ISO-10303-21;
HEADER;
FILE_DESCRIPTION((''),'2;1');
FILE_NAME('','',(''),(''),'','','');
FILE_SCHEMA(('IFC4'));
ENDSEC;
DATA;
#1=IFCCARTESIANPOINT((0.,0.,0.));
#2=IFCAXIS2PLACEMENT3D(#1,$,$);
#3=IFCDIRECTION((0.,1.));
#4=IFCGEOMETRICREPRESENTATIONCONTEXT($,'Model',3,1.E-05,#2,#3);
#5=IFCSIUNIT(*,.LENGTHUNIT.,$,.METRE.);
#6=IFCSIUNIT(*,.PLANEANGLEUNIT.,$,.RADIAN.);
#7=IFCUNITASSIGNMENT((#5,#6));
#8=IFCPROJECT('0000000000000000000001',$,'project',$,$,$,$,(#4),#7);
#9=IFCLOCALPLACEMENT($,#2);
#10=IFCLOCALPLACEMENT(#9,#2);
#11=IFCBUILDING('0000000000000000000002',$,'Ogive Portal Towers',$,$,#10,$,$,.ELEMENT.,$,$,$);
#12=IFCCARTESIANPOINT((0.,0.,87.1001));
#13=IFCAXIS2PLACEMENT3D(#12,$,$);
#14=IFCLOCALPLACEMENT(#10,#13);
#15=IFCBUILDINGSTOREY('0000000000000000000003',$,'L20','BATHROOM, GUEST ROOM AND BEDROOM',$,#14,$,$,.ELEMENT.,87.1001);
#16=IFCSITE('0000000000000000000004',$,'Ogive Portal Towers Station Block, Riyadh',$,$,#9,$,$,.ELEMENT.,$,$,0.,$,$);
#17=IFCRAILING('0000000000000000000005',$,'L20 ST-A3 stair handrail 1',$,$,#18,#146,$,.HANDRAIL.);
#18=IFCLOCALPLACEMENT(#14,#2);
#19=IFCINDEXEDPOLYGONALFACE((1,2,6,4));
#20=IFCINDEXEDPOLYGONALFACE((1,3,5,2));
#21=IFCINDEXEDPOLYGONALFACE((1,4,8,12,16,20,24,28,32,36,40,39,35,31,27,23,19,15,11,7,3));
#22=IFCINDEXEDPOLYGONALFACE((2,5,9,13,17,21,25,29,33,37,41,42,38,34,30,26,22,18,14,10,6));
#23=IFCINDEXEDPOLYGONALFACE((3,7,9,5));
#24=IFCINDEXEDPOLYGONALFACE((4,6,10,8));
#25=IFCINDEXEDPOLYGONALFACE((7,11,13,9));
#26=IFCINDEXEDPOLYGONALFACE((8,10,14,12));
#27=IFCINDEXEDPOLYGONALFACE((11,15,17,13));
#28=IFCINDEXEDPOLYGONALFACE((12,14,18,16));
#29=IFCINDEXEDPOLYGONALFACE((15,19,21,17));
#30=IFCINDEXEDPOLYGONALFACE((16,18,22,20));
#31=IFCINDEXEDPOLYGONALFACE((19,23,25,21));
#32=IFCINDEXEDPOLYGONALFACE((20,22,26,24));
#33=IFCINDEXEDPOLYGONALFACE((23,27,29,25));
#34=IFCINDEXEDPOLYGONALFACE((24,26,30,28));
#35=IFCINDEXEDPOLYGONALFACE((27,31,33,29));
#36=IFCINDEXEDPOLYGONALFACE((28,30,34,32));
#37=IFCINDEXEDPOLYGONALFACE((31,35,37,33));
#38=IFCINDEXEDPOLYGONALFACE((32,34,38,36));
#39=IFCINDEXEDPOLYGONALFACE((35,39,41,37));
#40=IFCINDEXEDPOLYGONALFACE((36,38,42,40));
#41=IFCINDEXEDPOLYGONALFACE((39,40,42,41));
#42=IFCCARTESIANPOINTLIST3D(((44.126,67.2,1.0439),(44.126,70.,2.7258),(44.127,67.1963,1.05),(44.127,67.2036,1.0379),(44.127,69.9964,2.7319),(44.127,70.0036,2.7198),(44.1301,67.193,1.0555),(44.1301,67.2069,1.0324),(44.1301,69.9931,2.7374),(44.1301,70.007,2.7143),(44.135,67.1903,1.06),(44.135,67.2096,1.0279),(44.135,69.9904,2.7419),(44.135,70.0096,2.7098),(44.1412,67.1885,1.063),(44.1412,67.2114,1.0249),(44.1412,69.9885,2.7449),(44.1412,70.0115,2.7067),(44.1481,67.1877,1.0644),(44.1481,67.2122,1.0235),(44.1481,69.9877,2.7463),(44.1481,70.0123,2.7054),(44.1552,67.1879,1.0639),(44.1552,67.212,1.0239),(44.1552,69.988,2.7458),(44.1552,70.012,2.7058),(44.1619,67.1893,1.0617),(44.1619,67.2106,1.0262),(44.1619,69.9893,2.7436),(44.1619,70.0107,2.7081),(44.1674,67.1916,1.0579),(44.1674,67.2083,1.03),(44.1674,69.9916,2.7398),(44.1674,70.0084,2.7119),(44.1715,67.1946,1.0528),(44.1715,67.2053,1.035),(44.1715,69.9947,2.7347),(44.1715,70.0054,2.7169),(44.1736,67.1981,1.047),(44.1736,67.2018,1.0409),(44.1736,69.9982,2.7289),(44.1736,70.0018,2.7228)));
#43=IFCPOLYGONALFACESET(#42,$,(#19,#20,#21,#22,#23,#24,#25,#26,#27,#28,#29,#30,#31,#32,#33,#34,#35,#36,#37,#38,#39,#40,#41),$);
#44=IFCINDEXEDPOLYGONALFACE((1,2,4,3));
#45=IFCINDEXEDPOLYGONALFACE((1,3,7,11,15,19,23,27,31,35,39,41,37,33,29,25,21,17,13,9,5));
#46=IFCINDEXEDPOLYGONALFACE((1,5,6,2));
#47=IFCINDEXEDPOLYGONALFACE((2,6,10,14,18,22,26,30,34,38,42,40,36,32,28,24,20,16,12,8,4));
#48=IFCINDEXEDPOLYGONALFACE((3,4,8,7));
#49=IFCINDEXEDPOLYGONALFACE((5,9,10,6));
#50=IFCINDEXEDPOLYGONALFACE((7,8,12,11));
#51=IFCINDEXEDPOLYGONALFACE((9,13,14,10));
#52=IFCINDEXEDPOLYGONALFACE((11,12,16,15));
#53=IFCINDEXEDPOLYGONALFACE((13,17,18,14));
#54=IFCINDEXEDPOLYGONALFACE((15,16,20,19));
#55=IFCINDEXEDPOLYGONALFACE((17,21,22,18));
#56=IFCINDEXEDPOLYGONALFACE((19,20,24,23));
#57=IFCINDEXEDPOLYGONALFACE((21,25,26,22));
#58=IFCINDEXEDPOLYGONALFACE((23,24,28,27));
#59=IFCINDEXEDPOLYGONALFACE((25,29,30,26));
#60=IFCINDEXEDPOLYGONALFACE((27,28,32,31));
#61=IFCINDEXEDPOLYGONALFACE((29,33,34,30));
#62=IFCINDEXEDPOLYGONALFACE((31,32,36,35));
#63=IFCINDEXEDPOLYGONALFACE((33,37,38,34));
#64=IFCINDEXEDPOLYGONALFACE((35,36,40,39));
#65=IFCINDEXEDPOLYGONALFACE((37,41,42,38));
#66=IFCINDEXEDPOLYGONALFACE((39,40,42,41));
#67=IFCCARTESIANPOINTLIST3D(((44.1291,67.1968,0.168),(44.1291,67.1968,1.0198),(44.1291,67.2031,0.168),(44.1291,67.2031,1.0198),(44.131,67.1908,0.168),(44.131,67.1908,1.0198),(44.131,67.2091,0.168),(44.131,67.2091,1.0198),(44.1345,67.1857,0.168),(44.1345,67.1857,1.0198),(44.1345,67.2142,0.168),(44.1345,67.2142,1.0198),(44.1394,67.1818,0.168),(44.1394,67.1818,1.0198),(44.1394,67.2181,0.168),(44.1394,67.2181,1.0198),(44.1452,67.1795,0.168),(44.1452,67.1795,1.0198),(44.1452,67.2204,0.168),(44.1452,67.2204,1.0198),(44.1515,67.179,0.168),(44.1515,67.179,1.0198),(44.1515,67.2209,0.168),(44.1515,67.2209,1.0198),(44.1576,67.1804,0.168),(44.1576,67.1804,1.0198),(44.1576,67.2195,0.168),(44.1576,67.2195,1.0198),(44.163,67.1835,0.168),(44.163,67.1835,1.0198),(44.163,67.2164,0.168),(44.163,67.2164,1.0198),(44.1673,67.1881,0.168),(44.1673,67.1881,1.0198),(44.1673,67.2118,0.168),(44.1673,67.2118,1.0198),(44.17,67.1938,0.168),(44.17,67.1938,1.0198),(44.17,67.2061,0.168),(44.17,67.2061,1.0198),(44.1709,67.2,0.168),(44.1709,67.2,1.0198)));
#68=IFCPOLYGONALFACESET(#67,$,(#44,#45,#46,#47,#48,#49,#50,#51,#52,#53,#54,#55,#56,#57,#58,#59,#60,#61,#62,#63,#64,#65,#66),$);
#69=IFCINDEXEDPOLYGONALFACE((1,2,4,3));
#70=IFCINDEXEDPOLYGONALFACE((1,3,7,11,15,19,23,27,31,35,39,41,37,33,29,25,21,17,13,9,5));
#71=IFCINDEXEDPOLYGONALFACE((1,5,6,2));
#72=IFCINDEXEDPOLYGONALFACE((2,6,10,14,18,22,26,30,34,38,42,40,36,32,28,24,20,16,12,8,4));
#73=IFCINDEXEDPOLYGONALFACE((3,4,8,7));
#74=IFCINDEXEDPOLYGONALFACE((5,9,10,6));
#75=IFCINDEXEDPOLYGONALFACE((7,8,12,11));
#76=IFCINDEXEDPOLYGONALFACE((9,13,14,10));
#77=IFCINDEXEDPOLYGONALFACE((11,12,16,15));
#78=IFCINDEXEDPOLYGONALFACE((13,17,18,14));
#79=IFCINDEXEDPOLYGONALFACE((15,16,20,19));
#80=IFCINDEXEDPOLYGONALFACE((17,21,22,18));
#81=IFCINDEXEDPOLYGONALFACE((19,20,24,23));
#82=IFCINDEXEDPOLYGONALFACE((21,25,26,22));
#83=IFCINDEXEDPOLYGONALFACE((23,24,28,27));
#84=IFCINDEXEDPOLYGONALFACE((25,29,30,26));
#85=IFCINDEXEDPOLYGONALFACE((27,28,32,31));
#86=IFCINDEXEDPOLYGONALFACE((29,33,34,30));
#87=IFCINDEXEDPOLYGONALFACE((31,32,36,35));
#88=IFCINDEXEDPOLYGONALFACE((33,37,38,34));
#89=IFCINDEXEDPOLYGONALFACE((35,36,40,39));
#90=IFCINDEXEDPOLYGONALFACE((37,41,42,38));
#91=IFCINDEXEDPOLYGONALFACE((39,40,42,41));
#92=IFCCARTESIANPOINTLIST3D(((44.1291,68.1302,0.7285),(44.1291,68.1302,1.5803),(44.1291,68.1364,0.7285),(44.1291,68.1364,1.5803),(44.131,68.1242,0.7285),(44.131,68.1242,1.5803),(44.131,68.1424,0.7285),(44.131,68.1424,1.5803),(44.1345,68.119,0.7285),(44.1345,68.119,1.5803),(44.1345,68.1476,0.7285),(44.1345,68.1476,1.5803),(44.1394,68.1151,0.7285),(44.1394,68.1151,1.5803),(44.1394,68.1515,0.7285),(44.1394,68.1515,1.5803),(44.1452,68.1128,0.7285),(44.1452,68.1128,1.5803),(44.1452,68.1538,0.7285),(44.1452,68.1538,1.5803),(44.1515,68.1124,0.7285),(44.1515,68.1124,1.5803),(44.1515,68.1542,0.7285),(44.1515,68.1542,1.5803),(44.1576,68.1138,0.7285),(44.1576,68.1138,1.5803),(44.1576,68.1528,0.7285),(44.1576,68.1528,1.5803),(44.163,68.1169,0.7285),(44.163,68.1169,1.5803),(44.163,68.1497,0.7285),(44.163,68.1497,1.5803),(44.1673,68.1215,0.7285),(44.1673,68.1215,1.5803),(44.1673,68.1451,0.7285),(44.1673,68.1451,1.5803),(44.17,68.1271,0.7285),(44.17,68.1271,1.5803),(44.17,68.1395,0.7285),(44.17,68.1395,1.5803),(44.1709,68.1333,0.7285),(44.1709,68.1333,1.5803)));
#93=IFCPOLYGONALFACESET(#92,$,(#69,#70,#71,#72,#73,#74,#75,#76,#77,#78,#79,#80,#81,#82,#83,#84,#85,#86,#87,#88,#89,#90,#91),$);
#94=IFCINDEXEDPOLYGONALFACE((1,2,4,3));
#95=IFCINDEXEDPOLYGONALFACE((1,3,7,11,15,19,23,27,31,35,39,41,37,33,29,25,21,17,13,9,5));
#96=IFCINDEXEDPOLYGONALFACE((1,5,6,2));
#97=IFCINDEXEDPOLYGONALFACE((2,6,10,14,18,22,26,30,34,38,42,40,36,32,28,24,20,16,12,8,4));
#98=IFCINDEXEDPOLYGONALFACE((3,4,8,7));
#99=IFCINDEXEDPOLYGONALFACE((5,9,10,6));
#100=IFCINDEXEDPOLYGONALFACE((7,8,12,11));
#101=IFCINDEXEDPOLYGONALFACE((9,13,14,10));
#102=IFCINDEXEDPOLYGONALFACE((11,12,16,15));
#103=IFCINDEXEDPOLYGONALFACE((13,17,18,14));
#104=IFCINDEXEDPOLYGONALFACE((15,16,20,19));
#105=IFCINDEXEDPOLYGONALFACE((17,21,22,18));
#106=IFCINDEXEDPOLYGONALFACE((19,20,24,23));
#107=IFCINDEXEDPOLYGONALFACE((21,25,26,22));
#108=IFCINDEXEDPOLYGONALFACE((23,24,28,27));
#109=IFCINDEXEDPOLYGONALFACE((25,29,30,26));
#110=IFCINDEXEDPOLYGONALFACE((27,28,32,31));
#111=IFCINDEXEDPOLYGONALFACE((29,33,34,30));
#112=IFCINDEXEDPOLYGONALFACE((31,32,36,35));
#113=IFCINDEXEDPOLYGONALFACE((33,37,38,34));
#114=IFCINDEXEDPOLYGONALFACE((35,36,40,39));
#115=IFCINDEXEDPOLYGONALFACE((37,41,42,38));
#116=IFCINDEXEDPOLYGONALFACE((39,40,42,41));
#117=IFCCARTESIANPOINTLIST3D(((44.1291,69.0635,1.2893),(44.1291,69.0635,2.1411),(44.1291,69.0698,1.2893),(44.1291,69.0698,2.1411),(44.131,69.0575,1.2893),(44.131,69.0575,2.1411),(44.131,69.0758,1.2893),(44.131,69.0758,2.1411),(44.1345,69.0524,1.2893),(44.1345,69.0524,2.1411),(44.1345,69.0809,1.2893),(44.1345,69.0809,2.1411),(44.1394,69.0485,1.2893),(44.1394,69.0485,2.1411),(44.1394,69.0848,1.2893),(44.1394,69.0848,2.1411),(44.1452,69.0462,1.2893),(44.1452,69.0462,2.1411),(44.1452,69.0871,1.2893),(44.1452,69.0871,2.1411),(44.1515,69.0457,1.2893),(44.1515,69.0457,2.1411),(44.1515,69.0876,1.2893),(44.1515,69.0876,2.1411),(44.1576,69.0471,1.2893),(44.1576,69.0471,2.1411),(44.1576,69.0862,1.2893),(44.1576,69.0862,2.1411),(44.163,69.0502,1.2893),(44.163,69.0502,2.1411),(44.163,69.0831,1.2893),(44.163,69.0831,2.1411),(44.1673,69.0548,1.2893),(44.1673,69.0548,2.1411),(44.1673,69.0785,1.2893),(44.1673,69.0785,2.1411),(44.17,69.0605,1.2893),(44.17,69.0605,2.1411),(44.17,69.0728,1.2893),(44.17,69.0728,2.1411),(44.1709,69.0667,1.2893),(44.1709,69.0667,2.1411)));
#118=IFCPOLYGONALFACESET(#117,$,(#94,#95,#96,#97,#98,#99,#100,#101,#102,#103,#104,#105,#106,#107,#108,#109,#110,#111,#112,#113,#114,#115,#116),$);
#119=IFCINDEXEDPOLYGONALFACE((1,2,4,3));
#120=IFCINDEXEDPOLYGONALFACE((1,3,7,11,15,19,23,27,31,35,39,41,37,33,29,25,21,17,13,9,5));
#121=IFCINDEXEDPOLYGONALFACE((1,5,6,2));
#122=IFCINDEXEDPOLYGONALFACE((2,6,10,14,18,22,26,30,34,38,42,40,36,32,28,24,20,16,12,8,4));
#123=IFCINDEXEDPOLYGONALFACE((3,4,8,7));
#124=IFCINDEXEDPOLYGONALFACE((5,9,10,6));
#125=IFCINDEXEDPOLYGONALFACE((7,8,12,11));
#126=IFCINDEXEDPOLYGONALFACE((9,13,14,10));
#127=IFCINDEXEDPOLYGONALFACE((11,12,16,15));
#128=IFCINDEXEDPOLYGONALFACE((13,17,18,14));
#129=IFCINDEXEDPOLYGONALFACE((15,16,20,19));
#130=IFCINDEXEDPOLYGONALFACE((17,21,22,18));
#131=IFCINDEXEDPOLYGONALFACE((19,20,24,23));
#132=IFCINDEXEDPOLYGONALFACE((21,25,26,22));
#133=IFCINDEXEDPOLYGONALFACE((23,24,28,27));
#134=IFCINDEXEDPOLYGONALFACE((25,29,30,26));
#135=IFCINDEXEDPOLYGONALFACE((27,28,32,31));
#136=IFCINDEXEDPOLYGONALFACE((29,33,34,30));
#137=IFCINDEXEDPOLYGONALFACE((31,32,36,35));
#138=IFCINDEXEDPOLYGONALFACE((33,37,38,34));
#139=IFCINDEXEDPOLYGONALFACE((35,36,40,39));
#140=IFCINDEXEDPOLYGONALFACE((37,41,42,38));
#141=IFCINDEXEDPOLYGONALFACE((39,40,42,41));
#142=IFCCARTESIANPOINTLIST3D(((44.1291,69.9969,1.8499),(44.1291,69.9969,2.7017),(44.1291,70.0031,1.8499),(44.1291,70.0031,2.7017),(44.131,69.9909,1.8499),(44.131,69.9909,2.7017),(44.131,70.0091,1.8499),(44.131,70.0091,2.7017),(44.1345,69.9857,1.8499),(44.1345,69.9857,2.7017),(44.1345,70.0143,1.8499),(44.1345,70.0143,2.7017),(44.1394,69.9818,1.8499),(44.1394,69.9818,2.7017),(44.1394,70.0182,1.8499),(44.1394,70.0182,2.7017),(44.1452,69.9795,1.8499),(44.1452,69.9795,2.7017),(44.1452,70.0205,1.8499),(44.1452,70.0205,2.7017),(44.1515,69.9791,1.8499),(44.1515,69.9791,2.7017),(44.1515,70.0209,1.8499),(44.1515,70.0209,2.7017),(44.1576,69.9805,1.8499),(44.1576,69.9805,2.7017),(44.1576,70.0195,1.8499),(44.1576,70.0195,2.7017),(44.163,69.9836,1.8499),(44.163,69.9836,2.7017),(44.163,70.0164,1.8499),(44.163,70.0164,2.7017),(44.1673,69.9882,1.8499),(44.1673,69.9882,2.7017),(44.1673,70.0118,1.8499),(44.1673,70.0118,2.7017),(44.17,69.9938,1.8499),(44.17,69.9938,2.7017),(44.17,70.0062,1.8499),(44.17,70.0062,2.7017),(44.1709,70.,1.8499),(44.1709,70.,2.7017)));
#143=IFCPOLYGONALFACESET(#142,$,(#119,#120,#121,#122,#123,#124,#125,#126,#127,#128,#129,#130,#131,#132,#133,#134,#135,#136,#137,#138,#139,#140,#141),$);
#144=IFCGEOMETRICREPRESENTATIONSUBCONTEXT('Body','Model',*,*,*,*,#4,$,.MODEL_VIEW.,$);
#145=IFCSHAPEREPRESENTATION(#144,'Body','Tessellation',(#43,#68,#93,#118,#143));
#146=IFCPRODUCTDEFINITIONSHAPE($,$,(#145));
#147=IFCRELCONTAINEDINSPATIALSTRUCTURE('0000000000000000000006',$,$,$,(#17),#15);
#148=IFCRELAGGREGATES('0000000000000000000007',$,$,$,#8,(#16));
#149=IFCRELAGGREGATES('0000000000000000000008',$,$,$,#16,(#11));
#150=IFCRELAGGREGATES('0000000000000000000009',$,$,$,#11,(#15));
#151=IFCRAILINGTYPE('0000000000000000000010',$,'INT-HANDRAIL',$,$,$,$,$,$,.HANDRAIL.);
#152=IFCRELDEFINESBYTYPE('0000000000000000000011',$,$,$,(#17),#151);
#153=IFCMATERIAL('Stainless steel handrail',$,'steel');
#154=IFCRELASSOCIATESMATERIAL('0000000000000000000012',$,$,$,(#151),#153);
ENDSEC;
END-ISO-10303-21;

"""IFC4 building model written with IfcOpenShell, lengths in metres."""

from ifc_helpers import new_model, si_unit, direction, frame, origin, origin_2d, place, context, subcontext, project, spatial, circle, extrude, material, type_object, element, save


model = new_model("IFC4")

# Units and contexts
model_context = context("Model", 3, precision=1e-05, world=origin(), true_north=direction((0.0, 1.0)))
body_context = subcontext(model_context, "Body", "Model", "MODEL_VIEW")
ifc_project = project(units=[si_unit("LENGTHUNIT", "METRE"), si_unit("PLANEANGLEUNIT", "RADIAN")], contexts=[model_context])

# Site, building, storey
site_placement = place(None, origin())
site = spatial("IfcSite", under=ifc_project, at=site_placement, Name="Ogive Portal Towers Station Block, Riyadh", CompositionType="ELEMENT", RefElevation=0.0)
building_placement = place(site_placement, origin())
building = spatial("IfcBuilding", under=site, at=building_placement, Name="Ogive Portal Towers", CompositionType="ELEMENT")
storey_placement = place(building_placement, frame((0.0, 0.0, 87.1001)))
storey = spatial("IfcBuildingStorey", under=building, at=storey_placement, Name="L20", Description="BATHROOM, GUEST ROOM AND BEDROOM", CompositionType="ELEMENT", Elevation=87.1001)

# Railing
ifc_material_1 = material(Name="Stainless steel handrail", Category="steel")
railing_type = type_object("IfcRailingType", Name="INT-HANDRAIL", PredefinedType="HANDRAIL", material=ifc_material_1)
railing_placement = place(storey_placement, frame((44.1499, 67.2, 0.168)))
element("IfcRailing", 1, at=railing_placement, inside=storey, type_object=railing_type, Name="L20 ST-A3 stair handrail 1", PredefinedType="HANDRAIL", context=body_context, shape_type="SweptSolid", body=[
    extrude(circle(Radius=0.0239, at=origin_2d()), frame((0.0, 0.0, 0.876), z_axis=(0.0, 0.857242, 0.514913), x_axis=(-1.0, 0.0, 0.0)), (0.0, 0.0, 1.0), 3.2664),
    extrude(circle(Radius=0.021, at=origin_2d()), origin(), (0.0, 0.0, 1.0), 0.8518),
    extrude(circle(Radius=0.021, at=origin_2d()), frame((0.0, 0.9333, 0.5605)), (0.0, 0.0, 1.0), 0.8518),
    extrude(circle(Radius=0.021, at=origin_2d()), frame((0.0, 1.8667, 1.1213)), (0.0, 0.0, 1.0), 0.8518),
    extrude(circle(Radius=0.021, at=origin_2d()), frame((0.0, 2.8, 1.6819)), (0.0, 0.0, 1.0), 0.8518),
])

save(model, "model.ifc")
